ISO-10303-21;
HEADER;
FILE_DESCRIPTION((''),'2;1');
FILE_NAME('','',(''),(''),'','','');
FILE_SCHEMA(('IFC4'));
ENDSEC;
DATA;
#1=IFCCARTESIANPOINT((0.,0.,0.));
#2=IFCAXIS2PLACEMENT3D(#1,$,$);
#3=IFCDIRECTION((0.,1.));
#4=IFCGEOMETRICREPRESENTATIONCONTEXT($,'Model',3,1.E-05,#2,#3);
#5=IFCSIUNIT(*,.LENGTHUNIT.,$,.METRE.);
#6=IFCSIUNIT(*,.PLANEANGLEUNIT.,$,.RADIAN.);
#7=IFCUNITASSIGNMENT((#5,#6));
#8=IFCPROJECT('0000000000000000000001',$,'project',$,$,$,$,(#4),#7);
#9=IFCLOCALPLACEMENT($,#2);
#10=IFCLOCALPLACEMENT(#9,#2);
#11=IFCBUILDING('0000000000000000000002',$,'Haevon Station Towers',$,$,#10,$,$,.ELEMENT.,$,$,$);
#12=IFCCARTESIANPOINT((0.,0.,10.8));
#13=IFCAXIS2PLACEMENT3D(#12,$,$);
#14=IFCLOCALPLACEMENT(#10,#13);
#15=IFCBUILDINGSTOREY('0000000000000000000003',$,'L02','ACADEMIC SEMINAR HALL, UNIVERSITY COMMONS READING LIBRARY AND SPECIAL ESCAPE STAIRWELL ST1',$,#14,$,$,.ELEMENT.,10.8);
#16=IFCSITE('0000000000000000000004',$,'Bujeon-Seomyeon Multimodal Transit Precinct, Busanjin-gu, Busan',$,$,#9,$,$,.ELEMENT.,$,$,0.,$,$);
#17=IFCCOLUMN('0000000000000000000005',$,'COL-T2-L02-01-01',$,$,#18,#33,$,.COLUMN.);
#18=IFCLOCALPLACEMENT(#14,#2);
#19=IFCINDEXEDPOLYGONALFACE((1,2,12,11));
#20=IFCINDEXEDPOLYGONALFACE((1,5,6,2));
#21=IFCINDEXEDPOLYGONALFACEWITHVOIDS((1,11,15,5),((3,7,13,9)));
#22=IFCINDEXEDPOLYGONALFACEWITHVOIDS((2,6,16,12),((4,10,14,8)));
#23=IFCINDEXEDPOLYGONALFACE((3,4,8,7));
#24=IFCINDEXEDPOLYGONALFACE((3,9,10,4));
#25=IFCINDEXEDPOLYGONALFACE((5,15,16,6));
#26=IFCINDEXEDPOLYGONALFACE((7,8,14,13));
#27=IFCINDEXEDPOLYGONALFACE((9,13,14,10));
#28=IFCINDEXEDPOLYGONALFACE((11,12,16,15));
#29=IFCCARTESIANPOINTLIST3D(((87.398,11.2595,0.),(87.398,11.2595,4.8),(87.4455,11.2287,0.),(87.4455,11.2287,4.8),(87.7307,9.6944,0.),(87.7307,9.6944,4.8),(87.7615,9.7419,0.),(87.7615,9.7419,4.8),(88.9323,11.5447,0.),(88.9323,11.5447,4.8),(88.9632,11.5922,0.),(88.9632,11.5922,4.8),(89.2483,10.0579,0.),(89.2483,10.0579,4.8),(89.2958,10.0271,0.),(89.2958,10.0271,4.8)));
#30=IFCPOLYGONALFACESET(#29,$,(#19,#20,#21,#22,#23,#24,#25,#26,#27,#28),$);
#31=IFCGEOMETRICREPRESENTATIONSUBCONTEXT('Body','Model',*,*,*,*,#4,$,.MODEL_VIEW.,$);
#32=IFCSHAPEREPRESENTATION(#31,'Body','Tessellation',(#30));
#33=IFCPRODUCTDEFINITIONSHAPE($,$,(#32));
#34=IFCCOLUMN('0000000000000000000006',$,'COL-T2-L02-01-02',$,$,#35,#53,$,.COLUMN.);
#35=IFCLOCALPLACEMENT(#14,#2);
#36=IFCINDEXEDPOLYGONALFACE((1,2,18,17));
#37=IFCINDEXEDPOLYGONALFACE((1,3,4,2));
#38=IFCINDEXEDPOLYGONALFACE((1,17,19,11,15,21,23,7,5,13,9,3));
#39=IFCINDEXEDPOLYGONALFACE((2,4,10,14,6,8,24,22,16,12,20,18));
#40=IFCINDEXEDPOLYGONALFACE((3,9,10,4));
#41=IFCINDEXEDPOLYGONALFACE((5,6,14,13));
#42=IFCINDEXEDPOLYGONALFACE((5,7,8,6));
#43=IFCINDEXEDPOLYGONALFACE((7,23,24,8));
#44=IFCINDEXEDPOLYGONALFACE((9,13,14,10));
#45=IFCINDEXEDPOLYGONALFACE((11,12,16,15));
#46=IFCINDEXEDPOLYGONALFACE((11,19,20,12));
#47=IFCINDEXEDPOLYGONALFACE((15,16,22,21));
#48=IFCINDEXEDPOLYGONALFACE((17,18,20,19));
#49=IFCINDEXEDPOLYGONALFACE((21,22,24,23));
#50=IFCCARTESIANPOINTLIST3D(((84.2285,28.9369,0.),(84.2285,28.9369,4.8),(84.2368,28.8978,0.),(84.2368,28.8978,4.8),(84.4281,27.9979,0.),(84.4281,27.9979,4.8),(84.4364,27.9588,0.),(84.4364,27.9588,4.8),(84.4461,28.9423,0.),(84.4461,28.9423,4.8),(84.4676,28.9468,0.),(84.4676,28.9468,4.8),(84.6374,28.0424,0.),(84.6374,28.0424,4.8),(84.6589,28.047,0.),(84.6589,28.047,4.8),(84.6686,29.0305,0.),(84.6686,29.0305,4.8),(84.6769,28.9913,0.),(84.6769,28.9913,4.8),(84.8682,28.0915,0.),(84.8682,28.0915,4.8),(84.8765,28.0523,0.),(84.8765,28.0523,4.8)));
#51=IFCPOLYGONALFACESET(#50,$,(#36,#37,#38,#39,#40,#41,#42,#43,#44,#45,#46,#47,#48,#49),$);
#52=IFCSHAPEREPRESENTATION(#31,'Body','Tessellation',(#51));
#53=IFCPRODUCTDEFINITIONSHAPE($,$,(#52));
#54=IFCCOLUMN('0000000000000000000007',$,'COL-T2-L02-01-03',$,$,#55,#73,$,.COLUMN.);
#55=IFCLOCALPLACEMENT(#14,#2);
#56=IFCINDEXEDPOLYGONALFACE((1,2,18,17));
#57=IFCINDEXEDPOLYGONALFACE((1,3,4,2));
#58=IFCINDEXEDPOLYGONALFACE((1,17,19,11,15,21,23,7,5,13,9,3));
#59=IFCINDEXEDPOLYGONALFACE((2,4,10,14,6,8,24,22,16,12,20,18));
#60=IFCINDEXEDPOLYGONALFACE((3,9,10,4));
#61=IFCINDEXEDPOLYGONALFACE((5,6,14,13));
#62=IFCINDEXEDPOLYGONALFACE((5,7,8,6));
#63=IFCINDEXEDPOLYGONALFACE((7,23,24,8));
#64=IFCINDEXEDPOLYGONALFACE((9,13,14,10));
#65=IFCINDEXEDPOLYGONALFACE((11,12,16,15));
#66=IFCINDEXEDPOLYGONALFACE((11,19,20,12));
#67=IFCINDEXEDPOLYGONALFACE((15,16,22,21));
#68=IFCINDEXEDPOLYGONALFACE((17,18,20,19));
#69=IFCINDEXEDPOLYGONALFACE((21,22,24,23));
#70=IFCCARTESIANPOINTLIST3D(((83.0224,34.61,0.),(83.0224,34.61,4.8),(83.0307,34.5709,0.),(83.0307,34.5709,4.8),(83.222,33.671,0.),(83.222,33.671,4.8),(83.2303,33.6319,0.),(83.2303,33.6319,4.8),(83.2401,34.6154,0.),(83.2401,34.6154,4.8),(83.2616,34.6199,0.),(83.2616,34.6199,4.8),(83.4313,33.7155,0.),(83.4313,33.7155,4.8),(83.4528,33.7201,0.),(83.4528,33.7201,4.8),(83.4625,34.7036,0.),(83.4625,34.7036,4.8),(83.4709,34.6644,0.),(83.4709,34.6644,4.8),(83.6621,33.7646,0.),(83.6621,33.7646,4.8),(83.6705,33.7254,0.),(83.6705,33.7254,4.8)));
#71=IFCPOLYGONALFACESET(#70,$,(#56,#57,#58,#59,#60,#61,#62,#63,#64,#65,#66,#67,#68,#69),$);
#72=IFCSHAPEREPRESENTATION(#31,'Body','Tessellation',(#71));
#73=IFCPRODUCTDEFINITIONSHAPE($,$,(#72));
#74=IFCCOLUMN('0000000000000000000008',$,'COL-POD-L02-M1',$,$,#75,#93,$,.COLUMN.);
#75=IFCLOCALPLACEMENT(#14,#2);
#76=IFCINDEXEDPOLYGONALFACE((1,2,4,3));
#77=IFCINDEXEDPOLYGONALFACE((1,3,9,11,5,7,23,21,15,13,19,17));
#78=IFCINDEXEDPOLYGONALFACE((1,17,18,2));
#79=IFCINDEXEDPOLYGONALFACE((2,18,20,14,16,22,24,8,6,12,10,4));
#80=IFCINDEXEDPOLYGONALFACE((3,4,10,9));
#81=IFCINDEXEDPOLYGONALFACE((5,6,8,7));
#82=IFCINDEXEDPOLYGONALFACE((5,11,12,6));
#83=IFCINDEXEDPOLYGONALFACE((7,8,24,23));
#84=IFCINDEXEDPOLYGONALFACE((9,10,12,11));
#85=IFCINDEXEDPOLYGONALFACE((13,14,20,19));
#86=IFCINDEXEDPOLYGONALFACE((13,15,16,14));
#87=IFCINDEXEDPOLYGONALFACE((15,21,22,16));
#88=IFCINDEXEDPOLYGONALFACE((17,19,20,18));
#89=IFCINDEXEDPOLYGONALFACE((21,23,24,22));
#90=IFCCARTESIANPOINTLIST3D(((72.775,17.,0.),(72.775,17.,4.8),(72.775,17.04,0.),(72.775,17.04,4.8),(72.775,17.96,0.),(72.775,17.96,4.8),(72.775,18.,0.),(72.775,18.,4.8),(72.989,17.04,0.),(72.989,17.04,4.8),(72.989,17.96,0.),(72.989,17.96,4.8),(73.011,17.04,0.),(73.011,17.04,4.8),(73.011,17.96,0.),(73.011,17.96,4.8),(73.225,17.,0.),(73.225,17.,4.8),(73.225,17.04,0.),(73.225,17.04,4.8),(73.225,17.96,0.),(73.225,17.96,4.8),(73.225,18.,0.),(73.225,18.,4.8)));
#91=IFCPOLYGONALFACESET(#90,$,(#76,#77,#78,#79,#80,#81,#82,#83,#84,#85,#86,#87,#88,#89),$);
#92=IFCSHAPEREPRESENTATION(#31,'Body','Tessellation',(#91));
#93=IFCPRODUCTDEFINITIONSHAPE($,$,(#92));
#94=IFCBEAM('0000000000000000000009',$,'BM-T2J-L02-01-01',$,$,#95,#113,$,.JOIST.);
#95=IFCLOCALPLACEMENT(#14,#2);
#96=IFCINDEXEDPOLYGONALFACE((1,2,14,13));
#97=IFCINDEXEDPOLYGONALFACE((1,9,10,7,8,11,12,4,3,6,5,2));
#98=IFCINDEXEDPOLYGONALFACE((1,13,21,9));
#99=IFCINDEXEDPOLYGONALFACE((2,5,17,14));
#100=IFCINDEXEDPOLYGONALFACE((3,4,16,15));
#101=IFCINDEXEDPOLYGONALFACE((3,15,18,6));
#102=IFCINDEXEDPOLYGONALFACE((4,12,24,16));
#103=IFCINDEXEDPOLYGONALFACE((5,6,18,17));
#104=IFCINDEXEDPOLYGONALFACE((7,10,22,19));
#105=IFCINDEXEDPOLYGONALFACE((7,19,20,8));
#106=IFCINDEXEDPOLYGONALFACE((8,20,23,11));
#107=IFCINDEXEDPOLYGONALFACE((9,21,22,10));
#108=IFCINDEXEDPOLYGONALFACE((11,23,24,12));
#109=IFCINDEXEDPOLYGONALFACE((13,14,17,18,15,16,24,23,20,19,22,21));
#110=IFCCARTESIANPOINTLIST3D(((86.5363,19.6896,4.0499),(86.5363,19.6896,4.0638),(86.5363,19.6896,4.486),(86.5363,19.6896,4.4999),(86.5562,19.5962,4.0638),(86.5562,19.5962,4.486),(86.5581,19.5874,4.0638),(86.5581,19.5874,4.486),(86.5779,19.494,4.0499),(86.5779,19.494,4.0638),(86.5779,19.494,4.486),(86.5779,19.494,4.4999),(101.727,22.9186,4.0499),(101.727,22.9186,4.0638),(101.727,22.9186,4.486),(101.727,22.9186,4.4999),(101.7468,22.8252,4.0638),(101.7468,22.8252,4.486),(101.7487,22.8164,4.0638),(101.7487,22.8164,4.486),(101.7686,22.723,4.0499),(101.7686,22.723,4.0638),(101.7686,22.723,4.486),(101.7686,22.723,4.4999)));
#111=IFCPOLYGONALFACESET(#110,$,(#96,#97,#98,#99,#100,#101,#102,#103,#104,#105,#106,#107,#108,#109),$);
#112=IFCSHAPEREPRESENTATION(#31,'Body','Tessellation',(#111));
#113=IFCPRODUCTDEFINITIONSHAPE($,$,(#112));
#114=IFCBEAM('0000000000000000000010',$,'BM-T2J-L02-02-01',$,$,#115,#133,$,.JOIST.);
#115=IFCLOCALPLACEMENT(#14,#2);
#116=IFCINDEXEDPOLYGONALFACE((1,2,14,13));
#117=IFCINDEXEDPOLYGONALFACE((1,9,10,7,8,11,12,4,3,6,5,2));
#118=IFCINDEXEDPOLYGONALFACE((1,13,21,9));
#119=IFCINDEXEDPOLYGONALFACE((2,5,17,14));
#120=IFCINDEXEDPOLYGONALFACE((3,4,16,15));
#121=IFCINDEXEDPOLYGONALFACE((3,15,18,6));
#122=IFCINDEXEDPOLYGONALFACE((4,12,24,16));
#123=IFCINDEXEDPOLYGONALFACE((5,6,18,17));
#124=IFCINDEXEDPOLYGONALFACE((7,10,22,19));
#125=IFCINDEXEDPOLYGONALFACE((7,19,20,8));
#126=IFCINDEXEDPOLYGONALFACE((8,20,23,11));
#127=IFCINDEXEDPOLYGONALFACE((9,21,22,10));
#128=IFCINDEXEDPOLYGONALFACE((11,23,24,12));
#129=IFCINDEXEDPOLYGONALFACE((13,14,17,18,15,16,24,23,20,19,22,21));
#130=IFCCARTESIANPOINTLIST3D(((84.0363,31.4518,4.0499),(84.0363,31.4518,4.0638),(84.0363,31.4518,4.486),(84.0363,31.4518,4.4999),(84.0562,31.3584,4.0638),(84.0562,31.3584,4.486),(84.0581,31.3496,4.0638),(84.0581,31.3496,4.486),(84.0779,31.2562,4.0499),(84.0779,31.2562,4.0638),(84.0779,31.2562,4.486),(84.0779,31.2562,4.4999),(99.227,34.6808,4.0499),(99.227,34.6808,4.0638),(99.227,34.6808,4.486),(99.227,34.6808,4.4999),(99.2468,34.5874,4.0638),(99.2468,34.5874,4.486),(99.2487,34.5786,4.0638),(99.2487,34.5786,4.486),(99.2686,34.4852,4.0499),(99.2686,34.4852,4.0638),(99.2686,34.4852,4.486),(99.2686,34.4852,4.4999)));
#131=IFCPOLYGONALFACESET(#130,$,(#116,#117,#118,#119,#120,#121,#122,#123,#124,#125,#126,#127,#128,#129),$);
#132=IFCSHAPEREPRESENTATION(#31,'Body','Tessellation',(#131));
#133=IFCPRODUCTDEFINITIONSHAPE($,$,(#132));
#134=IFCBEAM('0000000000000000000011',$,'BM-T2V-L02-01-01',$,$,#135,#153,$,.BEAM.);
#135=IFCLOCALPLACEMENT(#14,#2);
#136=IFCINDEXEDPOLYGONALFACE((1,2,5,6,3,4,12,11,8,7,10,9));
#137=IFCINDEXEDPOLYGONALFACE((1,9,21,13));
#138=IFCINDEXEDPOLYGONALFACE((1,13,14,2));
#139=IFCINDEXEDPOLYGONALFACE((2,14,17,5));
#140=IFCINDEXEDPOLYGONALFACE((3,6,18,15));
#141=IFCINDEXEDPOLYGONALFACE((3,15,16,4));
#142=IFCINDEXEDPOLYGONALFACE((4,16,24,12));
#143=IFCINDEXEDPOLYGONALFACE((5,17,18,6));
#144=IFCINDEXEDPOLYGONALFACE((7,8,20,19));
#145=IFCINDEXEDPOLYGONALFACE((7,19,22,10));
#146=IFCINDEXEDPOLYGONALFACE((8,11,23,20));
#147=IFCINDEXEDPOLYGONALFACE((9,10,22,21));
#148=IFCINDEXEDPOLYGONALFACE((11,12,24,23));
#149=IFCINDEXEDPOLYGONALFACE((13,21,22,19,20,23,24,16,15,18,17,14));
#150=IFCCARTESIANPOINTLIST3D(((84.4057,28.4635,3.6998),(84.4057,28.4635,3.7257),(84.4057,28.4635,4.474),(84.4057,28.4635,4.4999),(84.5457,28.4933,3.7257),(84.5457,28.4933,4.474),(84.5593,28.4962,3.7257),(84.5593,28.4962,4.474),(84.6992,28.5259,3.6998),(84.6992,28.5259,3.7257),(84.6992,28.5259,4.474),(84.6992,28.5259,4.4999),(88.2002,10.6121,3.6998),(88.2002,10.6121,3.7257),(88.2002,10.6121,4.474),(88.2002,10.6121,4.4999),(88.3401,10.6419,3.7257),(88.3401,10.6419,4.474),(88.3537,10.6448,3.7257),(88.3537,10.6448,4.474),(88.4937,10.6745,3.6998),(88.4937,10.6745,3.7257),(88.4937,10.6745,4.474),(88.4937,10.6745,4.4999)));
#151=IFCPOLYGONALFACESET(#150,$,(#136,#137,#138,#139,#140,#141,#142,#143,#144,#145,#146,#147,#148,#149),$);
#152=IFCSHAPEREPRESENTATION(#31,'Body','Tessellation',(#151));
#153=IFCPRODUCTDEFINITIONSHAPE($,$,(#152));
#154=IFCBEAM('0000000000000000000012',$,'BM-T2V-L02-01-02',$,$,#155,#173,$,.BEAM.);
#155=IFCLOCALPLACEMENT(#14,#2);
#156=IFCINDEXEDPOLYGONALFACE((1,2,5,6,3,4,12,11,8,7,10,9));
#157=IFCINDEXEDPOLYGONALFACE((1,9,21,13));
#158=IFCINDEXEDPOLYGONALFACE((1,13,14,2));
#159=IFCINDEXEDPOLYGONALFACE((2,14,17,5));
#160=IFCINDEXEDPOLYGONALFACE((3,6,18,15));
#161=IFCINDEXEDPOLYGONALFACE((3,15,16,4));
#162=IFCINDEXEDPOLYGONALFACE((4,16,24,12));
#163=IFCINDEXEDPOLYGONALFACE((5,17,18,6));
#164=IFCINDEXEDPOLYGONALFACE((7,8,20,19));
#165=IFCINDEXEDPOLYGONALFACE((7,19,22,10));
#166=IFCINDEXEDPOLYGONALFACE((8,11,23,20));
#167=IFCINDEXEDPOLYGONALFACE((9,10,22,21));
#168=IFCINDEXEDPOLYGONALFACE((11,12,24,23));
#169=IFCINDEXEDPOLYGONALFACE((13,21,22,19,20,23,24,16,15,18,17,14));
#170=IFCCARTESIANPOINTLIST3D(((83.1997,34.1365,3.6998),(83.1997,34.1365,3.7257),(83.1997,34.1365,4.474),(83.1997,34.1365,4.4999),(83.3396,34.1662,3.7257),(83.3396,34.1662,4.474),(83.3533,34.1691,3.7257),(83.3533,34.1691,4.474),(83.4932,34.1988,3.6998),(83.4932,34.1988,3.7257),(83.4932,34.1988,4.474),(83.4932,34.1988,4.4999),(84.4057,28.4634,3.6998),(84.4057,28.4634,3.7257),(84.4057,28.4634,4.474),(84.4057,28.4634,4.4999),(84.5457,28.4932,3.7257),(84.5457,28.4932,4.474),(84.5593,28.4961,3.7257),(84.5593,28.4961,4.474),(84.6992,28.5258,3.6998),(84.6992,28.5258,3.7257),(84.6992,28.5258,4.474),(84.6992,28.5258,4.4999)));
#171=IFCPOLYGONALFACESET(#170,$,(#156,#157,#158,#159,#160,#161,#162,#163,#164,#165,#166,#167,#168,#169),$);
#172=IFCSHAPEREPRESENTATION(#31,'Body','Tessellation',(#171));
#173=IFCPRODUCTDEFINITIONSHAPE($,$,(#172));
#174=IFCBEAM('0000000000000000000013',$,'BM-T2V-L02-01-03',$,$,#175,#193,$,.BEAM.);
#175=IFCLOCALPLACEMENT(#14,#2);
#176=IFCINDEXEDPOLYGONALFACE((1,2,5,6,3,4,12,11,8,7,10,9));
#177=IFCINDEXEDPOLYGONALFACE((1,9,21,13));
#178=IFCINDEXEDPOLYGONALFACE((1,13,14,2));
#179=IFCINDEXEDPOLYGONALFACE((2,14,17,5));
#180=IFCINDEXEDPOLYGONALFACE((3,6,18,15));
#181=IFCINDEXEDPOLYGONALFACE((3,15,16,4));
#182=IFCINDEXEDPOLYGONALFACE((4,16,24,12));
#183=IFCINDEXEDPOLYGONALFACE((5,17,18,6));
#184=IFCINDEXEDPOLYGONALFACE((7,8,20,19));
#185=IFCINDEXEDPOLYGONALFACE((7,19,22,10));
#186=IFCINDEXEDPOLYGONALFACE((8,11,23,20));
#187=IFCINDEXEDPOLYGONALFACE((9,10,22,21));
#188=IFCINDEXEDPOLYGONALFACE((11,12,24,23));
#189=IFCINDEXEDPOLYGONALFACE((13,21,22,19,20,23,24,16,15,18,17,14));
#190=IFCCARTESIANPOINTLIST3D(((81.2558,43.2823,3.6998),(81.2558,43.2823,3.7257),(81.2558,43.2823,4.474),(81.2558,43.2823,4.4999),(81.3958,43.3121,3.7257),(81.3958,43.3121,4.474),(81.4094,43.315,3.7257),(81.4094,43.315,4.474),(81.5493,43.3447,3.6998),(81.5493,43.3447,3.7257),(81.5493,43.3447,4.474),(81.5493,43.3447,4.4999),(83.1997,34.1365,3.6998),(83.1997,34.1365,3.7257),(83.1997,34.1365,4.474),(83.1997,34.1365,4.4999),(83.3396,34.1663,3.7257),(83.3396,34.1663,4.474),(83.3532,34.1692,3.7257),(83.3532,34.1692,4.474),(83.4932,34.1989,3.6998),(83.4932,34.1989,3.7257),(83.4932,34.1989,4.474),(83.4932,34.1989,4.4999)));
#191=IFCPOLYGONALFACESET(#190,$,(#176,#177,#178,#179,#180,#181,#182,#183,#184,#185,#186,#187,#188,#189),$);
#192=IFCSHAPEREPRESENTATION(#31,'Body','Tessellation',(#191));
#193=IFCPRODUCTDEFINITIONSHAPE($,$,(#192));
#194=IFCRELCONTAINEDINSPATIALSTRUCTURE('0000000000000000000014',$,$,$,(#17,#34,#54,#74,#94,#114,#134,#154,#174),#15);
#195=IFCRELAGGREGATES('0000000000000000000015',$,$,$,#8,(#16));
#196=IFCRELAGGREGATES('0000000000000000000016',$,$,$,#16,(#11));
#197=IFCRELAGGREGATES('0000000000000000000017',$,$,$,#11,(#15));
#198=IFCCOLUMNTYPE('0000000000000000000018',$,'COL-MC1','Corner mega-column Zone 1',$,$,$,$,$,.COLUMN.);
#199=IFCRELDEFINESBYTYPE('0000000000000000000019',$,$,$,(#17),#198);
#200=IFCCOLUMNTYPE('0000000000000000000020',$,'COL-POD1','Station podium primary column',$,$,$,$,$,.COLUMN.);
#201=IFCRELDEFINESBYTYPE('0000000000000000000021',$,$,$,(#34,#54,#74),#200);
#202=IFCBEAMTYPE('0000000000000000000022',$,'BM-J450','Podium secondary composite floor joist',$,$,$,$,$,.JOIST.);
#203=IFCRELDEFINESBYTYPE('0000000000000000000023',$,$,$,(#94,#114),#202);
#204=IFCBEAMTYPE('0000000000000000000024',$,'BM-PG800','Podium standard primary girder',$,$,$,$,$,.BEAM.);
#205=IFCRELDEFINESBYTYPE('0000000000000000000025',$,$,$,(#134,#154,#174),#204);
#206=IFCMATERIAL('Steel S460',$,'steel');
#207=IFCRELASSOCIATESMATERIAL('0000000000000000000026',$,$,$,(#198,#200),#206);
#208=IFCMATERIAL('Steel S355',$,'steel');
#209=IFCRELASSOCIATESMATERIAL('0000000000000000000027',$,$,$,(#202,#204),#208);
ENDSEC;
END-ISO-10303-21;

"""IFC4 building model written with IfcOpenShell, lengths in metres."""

from ifc_helpers import new_model, si_unit, direction, frame, origin, origin_2d, place, context, subcontext, project, spatial, hollow_rectangle, i_section, extrude, material, material_profile, profile_set, type_object, element, save


model = new_model("IFC4")

# Units and contexts
model_context = context("Model", 3, precision=1e-05, world=origin(), true_north=direction((0.0, 1.0)))
body_context = subcontext(model_context, "Body", "Model", "MODEL_VIEW")
ifc_project = project(units=[si_unit("LENGTHUNIT", "METRE"), si_unit("PLANEANGLEUNIT", "RADIAN")], contexts=[model_context])

# Site, building, storey
site_placement = place(None, origin())
site = spatial("IfcSite", under=ifc_project, at=site_placement, Name="Bujeon-Seomyeon Multimodal Transit Precinct, Busanjin-gu, Busan", CompositionType="ELEMENT", RefElevation=0.0)
building_placement = place(site_placement, origin())
building = spatial("IfcBuilding", under=site, at=building_placement, Name="Haevon Station Towers", CompositionType="ELEMENT")
storey_placement = place(building_placement, frame((0.0, 0.0, 10.8)))
storey = spatial("IfcBuildingStorey", under=building, at=storey_placement, Name="L02", Description="ACADEMIC SEMINAR HALL, UNIVERSITY COMMONS READING LIBRARY AND SPECIAL ESCAPE STAIRWELL ST1", CompositionType="ELEMENT", Elevation=10.8)

# Columns
ifc_material_1 = material(Name="Steel S460", Category="steel")
ifc_material_profile_1 = material_profile(ifc_material_1, hollow_rectangle(XDim=1.6001, YDim=1.6001, WallThickness=0.04, at=origin_2d()), Name="BOX-1600x1600x40")
ifc_profile_set_1 = profile_set([ifc_material_profile_1], Name="Steel S460")
column_type_1 = type_object("IfcColumnType", Name="COL-MC1", Description="Corner mega-column Zone 1", PredefinedType="COLUMN", material=ifc_profile_set_1)
column_placement = place(storey_placement, frame((88.3469, 10.6433, 0.0), z_axis=(0.0, 0.0, 1.0), x_axis=(0.978148, 0.207912, 0.0)))
element("IfcColumn", 1, at=column_placement, inside=storey, type_object=column_type_1, Name="COL-T2-L02-01-01", PredefinedType="COLUMN", context=body_context, shape_type="SweptSolid", body=[
    extrude(hollow_rectangle(XDim=1.6001, YDim=1.6001, WallThickness=0.04, at=origin_2d()), origin(), (0.0, 0.0, 1.0), 4.8),
])
ifc_material_profile_2 = material_profile(ifc_material_1, i_section(OverallWidth=0.45, OverallDepth=1.0, WebThickness=0.022, FlangeThickness=0.04, at=origin_2d()), Name="H-1000x450x22x40")
ifc_profile_set_2 = profile_set([ifc_material_profile_2], Name="Steel S460")
column_type_2 = type_object("IfcColumnType", Name="COL-POD1", Description="Station podium primary column", PredefinedType="COLUMN", material=ifc_profile_set_2)
for number, where, z_axis, x_axis, name in (
    (2, (84.5525, 28.4946, 0.0), (0.0, 0.0, 1.0), (0.978148, 0.207912, 0.0), "COL-T2-L02-01-02"),
    (3, (83.3464, 34.1677, 0.0), (0.0, 0.0, 1.0), (0.978148, 0.207912, 0.0), "COL-T2-L02-01-03"),
    (4, (73.0, 17.5, 0.0), (0.0, 0.0, 1.0), (1.0, 0.0, 0.0), "COL-POD-L02-M1"),
):
    element("IfcColumn", number, at=place(storey_placement, frame(where, z_axis=z_axis, x_axis=x_axis)), inside=storey, type_object=column_type_2, Name=name, PredefinedType="COLUMN", context=body_context, shape_type="SweptSolid", body=[
        extrude(i_section(OverallWidth=0.45, OverallDepth=1.0, WebThickness=0.022, FlangeThickness=0.04, at=origin_2d()), origin(), (0.0, 0.0, 1.0), 4.8),
    ])

# Beams
ifc_material_2 = material(Name="Steel S355", Category="steel")
ifc_material_profile_3 = material_profile(ifc_material_2, i_section(OverallWidth=0.2, OverallDepth=0.45, WebThickness=0.009, FlangeThickness=0.0139, at=origin_2d()), Name="H-450x200x9x14")
ifc_profile_set_3 = profile_set([ifc_material_profile_3], Name="Steel S355")
beam_type_1 = type_object("IfcBeamType", Name="BM-J450", Description="Podium secondary composite floor joist", PredefinedType="JOIST", material=ifc_profile_set_3)
for number, where, z_axis, x_axis, name in (
    (5, (86.5571, 19.5918, 4.2749), (0.978146, 0.207919, 0.0), (-0.207919, 0.978146, 0.0), "BM-T2J-L02-01-01"),
    (6, (84.0571, 31.354, 4.2749), (0.978146, 0.207919, 0.0), (-0.207919, 0.978146, 0.0), "BM-T2J-L02-02-01"),
):
    element("IfcBeam", number, at=place(storey_placement, frame(where, z_axis=z_axis, x_axis=x_axis)), inside=storey, type_object=beam_type_1, Name=name, PredefinedType="JOIST", context=body_context, shape_type="SweptSolid", body=[
        extrude(i_section(OverallWidth=0.2, OverallDepth=0.45, WebThickness=0.009, FlangeThickness=0.0139, at=origin_2d()), origin(), (0.0, 0.0, 1.0), 15.53),
    ])
ifc_material_profile_4 = material_profile(ifc_material_2, i_section(OverallWidth=0.3, OverallDepth=0.8, WebThickness=0.0139, FlangeThickness=0.0259, at=origin_2d()), Name="H-800x300x14x26")
ifc_profile_set_4 = profile_set([ifc_material_profile_4], Name="Steel S355")
beam_type_2 = type_object("IfcBeamType", Name="BM-PG800", Description="Podium standard primary girder", PredefinedType="BEAM", material=ifc_profile_set_4)
beam_1_placement = place(storey_placement, frame((88.3469, 10.6433, 4.0999), z_axis=(-0.207913, 0.978147, 0.0), x_axis=(-0.978147, -0.207913, 0.0)))
element("IfcBeam", 7, at=beam_1_placement, inside=storey, type_object=beam_type_2, Name="BM-T2V-L02-01-01", PredefinedType="BEAM", context=body_context, shape_type="SweptSolid", body=[
    extrude(i_section(OverallWidth=0.3, OverallDepth=0.8, WebThickness=0.0139, FlangeThickness=0.0259, at=origin_2d()), origin(), (0.0, 0.0, 1.0), 18.2502),
])
beam_2_placement = place(storey_placement, frame((84.5525, 28.4946, 4.0999), z_axis=(-0.207945, 0.978141, 0.0), x_axis=(-0.978141, -0.207945, 0.0)))
element("IfcBeam", 8, at=beam_2_placement, inside=storey, type_object=beam_type_2, Name="BM-T2V-L02-01-02", PredefinedType="BEAM", context=body_context, shape_type="SweptSolid", body=[
    extrude(i_section(OverallWidth=0.3, OverallDepth=0.8, WebThickness=0.0139, FlangeThickness=0.0259, at=origin_2d()), origin(), (0.0, 0.0, 1.0), 5.7998),
])
beam_3_placement = place(storey_placement, frame((83.3464, 34.1677, 4.0999), z_axis=(-0.207897, 0.978151, 0.0), x_axis=(-0.978151, -0.207897, 0.0)))
element("IfcBeam", 9, at=beam_3_placement, inside=storey, type_object=beam_type_2, Name="BM-T2V-L02-01-03", PredefinedType="BEAM", context=body_context, shape_type="SweptSolid", body=[
    extrude(i_section(OverallWidth=0.3, OverallDepth=0.8, WebThickness=0.0139, FlangeThickness=0.0259, at=origin_2d()), origin(), (0.0, 0.0, 1.0), 9.3501),
])

save(model, "model.ifc")
